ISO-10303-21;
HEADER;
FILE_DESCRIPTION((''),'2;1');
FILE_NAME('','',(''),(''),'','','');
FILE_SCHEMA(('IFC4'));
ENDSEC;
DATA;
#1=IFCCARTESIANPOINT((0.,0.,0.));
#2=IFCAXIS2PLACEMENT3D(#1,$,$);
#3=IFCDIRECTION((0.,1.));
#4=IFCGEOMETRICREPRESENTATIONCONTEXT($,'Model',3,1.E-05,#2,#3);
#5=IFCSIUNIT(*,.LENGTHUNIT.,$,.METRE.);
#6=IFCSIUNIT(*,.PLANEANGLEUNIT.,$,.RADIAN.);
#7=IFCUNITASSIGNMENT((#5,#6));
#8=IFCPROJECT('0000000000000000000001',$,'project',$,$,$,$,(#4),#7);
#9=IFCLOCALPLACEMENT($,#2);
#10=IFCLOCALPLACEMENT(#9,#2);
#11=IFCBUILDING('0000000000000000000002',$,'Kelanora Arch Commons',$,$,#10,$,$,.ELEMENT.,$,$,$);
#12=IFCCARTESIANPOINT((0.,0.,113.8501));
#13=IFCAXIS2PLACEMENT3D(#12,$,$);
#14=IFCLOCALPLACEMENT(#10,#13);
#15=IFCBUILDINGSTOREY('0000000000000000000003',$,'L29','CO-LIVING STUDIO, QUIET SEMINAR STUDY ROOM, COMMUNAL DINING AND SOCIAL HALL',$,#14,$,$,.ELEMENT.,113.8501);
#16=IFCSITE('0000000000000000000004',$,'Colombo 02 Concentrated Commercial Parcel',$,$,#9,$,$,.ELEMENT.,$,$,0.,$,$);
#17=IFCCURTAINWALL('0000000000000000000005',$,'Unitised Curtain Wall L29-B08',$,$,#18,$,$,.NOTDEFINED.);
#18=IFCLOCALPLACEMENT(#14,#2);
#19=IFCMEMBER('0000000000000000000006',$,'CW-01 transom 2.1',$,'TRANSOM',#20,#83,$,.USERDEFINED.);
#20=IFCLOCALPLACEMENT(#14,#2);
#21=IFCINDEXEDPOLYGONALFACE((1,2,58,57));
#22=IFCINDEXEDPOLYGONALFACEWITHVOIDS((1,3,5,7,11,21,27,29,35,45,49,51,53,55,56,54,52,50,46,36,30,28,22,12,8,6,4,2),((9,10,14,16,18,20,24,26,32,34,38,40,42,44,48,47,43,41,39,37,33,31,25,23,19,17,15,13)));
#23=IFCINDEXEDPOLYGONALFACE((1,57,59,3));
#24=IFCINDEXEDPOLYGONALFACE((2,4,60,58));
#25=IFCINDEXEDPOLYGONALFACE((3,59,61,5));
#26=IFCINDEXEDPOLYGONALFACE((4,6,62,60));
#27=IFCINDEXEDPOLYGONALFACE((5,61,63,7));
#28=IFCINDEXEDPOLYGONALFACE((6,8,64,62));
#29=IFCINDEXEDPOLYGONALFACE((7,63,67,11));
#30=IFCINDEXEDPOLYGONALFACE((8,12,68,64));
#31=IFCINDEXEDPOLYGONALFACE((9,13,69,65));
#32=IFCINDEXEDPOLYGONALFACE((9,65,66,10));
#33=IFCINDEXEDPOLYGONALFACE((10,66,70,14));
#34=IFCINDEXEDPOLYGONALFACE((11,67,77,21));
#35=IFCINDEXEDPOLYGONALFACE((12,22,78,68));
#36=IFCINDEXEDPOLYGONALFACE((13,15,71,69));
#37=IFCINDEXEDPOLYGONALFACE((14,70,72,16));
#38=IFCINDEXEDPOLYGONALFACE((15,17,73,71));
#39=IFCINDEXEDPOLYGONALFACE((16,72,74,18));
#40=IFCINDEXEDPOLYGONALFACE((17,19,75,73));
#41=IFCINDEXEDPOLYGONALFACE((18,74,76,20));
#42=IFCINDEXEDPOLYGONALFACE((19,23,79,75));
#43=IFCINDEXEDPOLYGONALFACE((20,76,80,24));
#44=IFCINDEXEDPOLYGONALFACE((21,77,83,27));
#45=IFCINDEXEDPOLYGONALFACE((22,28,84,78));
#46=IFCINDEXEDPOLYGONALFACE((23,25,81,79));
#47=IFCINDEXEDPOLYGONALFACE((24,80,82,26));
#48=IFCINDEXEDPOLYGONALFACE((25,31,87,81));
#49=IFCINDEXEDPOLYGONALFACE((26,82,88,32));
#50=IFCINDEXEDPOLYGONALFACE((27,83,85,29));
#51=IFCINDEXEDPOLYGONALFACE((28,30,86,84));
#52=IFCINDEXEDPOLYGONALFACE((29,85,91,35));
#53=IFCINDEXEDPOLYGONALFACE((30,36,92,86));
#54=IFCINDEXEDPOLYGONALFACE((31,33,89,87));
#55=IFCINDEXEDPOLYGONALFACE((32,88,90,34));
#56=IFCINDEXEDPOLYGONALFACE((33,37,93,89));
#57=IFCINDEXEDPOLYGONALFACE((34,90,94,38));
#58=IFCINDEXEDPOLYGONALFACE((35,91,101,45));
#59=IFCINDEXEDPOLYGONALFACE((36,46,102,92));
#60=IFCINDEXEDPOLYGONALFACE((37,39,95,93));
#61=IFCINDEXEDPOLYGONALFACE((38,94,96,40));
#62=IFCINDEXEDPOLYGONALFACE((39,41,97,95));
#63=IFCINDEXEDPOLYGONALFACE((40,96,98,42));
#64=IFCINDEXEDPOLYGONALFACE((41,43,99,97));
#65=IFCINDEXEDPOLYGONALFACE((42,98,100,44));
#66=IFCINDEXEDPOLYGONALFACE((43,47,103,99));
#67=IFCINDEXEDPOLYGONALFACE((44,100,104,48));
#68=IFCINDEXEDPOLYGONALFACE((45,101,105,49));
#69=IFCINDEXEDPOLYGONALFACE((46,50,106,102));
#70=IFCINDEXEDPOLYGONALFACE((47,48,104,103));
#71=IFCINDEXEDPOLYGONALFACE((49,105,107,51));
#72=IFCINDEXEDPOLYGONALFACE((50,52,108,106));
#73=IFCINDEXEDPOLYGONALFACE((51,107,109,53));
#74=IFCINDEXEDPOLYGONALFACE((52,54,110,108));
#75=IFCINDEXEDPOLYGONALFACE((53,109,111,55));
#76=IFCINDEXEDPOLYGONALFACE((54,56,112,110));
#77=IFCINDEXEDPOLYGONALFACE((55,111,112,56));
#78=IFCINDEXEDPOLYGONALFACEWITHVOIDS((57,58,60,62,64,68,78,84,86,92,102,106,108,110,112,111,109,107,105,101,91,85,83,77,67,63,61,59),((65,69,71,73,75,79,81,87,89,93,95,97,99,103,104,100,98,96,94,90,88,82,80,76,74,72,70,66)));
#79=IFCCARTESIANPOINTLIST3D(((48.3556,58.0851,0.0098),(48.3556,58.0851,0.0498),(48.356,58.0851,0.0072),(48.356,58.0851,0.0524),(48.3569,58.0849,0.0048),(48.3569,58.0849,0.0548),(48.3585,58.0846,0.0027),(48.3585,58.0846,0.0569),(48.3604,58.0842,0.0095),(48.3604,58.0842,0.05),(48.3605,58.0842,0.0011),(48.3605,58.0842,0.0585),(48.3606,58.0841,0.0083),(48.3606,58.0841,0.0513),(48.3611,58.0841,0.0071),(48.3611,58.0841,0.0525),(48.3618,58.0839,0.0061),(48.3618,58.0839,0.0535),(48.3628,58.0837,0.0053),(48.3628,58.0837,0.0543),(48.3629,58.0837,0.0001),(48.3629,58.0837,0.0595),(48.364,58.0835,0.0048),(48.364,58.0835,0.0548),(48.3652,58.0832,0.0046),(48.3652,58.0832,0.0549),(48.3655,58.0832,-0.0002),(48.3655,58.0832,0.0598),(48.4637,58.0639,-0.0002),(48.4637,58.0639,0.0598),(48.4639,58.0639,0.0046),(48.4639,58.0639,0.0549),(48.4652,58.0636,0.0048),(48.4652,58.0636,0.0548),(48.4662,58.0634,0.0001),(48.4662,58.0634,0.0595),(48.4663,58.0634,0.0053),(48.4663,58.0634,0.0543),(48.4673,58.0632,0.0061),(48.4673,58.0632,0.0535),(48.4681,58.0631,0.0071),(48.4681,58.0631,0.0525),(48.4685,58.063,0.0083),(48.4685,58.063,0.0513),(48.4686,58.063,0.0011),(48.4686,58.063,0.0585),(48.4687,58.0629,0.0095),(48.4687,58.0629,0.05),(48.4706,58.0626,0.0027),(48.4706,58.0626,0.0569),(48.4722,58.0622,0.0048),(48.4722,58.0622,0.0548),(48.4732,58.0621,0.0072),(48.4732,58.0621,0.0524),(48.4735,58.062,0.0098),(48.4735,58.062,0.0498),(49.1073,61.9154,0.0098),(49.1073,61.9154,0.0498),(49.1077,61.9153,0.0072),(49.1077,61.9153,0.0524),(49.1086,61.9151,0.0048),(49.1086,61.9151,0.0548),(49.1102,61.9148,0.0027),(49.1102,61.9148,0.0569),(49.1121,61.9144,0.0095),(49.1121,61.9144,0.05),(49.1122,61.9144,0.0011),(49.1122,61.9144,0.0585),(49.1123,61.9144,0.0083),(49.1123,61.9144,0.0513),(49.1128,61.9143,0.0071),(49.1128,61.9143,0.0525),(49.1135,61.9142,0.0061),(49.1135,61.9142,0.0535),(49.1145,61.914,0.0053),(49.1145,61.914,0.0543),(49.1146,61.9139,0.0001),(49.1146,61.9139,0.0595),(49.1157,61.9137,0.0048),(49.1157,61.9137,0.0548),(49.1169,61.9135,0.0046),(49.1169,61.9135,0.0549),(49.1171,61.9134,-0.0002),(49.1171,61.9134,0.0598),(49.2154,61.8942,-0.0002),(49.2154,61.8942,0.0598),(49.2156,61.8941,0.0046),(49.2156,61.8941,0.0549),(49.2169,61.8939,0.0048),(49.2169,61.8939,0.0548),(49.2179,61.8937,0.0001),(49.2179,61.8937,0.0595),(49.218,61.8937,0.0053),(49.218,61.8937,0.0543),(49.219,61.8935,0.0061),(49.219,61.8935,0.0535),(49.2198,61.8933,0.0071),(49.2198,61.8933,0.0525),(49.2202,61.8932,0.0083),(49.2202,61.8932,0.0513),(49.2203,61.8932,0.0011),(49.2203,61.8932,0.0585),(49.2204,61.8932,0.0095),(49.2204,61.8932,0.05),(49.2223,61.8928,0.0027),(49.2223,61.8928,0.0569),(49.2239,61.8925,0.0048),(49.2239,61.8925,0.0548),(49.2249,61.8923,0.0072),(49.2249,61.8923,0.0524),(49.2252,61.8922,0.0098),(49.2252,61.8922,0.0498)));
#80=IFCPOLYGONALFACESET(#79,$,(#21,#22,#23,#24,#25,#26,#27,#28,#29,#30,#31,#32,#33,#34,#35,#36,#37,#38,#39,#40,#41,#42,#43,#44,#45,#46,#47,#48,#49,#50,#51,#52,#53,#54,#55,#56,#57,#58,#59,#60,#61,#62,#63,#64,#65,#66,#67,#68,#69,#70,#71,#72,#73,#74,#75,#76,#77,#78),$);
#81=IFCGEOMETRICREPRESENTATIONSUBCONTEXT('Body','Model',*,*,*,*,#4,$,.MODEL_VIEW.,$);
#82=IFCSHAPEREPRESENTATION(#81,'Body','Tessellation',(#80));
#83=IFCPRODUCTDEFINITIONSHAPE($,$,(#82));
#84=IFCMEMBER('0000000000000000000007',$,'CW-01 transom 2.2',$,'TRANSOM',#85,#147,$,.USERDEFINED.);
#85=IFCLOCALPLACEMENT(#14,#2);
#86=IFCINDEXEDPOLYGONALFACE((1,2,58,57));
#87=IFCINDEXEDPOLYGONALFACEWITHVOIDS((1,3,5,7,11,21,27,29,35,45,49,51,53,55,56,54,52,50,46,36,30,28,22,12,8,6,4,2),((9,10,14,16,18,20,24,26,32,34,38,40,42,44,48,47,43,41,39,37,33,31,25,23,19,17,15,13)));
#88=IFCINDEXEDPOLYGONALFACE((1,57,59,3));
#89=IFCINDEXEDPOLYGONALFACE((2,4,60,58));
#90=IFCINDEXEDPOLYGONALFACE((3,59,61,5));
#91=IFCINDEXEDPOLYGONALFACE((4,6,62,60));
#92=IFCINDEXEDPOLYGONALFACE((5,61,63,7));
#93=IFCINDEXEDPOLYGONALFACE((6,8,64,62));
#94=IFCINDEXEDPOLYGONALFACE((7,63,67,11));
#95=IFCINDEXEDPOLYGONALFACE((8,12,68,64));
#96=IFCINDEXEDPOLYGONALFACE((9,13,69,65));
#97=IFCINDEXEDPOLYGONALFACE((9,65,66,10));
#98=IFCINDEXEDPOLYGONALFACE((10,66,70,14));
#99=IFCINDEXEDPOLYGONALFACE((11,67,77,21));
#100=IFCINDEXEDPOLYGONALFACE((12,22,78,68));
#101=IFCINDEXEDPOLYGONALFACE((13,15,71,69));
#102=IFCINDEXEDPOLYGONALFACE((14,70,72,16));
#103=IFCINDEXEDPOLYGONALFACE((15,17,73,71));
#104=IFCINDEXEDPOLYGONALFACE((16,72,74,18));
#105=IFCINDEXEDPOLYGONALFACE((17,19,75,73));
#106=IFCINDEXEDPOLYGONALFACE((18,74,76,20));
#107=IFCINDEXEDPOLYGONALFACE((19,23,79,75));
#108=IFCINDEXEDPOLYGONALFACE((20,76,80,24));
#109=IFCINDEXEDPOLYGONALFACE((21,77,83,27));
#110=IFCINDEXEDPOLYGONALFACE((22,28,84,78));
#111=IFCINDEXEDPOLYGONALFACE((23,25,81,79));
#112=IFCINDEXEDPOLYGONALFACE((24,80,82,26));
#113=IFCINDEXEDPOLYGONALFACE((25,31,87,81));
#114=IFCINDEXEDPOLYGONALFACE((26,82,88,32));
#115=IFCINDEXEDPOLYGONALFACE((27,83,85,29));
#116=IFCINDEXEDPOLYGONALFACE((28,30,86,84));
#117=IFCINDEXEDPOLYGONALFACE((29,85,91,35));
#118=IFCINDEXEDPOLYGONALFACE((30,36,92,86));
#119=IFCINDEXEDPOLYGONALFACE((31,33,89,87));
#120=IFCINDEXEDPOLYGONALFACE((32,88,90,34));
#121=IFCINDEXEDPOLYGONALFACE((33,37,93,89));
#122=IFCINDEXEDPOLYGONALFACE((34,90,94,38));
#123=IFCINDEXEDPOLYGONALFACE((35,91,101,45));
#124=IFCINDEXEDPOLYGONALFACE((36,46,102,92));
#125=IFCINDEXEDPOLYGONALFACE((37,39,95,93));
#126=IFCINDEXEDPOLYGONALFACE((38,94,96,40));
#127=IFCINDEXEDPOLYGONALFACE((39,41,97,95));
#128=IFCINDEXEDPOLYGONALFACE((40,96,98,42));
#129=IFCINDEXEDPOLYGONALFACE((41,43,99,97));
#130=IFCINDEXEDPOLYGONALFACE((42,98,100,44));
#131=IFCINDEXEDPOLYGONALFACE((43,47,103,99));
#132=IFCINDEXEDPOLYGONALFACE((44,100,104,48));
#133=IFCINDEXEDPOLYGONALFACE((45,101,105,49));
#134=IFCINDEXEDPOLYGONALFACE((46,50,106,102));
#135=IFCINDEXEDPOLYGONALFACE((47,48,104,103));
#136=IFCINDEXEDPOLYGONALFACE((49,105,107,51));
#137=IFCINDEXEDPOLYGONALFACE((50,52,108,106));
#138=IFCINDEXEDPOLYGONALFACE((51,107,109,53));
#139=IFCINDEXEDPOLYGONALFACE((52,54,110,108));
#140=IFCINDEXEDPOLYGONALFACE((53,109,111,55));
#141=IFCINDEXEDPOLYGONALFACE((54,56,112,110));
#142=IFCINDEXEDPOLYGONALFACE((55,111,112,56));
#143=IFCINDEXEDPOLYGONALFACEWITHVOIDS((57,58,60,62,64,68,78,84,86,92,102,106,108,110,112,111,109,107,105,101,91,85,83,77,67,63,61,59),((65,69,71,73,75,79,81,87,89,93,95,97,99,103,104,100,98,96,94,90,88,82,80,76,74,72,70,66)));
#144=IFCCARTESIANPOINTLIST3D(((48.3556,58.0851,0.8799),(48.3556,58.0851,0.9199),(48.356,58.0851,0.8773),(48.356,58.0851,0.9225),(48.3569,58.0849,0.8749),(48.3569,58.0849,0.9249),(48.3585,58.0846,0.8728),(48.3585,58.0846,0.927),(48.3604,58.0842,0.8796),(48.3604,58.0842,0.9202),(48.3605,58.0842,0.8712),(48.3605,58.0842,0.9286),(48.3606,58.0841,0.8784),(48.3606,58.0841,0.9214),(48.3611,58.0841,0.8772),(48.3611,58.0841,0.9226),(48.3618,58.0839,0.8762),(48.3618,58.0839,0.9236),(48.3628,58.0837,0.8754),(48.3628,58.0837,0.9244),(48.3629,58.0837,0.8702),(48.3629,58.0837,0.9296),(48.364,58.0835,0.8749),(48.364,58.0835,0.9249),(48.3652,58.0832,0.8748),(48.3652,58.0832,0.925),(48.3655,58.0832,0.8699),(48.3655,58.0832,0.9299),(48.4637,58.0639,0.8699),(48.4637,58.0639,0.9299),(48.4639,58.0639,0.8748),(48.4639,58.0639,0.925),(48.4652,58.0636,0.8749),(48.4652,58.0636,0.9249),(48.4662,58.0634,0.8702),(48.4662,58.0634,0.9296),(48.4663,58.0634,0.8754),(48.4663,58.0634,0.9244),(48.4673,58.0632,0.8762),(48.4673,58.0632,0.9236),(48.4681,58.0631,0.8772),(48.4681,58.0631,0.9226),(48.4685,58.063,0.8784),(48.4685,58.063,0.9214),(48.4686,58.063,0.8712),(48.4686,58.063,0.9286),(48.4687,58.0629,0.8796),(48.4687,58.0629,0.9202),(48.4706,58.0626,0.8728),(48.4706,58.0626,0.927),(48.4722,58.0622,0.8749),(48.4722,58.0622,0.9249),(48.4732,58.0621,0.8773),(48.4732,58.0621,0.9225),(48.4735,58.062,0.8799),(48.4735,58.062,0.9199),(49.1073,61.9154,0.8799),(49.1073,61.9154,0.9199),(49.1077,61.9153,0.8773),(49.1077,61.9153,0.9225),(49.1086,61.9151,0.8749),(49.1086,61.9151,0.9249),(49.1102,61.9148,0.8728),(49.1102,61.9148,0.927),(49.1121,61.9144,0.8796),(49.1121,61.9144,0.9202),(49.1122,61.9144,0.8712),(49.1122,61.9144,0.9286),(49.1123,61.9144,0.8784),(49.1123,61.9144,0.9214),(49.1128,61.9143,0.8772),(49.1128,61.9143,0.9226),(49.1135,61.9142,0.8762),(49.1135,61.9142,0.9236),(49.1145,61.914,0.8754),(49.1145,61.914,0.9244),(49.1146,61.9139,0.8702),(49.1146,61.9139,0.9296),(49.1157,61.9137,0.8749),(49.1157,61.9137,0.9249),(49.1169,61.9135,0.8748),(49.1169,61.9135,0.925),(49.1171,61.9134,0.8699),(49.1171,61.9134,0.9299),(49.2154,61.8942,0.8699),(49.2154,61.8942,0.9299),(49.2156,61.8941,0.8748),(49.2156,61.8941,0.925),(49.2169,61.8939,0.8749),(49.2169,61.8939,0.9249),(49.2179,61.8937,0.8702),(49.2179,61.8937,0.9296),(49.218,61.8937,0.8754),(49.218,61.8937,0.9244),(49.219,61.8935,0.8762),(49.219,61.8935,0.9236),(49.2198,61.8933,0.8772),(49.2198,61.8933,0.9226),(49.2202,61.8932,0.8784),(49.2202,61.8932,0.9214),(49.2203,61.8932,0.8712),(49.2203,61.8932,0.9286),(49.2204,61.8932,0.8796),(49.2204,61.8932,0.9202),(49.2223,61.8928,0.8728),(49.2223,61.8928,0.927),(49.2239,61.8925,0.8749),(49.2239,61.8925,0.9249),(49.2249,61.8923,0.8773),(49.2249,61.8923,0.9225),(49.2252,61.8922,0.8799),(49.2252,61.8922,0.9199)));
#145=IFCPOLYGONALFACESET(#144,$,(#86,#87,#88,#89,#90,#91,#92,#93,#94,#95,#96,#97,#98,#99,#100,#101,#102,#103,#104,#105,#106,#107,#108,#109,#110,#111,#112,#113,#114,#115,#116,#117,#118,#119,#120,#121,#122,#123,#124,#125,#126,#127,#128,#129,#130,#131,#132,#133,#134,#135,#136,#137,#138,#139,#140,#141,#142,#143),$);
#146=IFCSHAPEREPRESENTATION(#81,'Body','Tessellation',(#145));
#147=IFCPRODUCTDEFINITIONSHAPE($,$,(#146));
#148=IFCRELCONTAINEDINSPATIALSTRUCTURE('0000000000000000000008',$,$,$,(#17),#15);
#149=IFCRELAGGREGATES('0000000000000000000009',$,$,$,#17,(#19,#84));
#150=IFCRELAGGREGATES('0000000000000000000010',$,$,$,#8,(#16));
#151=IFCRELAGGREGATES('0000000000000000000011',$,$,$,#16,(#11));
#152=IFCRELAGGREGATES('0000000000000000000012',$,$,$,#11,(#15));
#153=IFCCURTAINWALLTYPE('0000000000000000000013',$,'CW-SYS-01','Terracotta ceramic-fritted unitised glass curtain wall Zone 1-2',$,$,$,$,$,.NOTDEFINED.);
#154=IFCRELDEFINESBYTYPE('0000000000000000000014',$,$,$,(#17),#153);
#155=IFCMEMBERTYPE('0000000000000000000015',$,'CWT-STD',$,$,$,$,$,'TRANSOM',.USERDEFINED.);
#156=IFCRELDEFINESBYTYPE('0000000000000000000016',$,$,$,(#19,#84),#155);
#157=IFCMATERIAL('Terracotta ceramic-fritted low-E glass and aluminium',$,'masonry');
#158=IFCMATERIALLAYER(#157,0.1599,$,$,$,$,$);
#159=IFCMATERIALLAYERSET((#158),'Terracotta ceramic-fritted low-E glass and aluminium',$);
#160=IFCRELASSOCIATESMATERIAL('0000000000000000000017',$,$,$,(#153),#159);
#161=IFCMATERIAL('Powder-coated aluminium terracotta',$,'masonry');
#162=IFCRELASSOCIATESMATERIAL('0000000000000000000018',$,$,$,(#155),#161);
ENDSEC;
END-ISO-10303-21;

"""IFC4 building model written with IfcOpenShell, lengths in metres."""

from ifc_helpers import new_model, si_unit, direction, frame, origin, origin_2d, place, context, subcontext, project, spatial, hollow_rectangle, extrude, material, layer, layer_set, material_profile, profile_set, type_object, element, aggregate, save


model = new_model("IFC4")

# Units and contexts
model_context = context("Model", 3, precision=1e-05, world=origin(), true_north=direction((0.0, 1.0)))
body_context = subcontext(model_context, "Body", "Model", "MODEL_VIEW")
ifc_project = project(units=[si_unit("LENGTHUNIT", "METRE"), si_unit("PLANEANGLEUNIT", "RADIAN")], contexts=[model_context])

# Site, building, storey
site_placement = place(None, origin())
site = spatial("IfcSite", under=ifc_project, at=site_placement, Name="Colombo 02 Concentrated Commercial Parcel", CompositionType="ELEMENT", RefElevation=0.0)
building_placement = place(site_placement, origin())
building = spatial("IfcBuilding", under=site, at=building_placement, Name="Kelanora Arch Commons", CompositionType="ELEMENT")
storey_placement = place(building_placement, frame((0.0, 0.0, 113.8501)))
storey = spatial("IfcBuildingStorey", under=building, at=storey_placement, Name="L29", Description="CO-LIVING STUDIO, QUIET SEMINAR STUDY ROOM, COMMUNAL DINING AND SOCIAL HALL", CompositionType="ELEMENT", Elevation=113.8501)

# Curtain wall, members
ifc_material_1 = material(Name="Terracotta ceramic-fritted low-E glass and aluminium", Category="masonry")
ifc_layer_1 = layer(ifc_material_1, 0.1599)
ifc_layer_set_1 = layer_set([ifc_layer_1], Name="Terracotta ceramic-fritted low-E glass and aluminium")
curtain_wall_type = type_object("IfcCurtainWallType", Name="CW-SYS-01", Description="Terracotta ceramic-fritted unitised glass curtain wall Zone 1-2", PredefinedType="NOTDEFINED", material=ifc_layer_set_1)
curtain_wall_placement = place(storey_placement, origin())
curtain_wall = element("IfcCurtainWall", 1, at=curtain_wall_placement, inside=storey, type_object=curtain_wall_type, Name="Unitised Curtain Wall L29-B08", PredefinedType="NOTDEFINED")
ifc_material_2 = material(Name="Powder-coated aluminium terracotta", Category="masonry")
ifc_material_profile_1 = material_profile(ifc_material_2, hollow_rectangle(XDim=0.1201, YDim=0.0601, WallThickness=0.0049, InnerFilletRadius=0.0049, OuterFilletRadius=0.01, at=origin_2d()), Name="CWT120x60")
ifc_profile_set_1 = profile_set([ifc_material_profile_1], Name="Powder-coated aluminium terracotta")
member_type_1 = type_object("IfcMemberType", Name="CWT-STD", ElementType="TRANSOM", PredefinedType="USERDEFINED", material=ifc_profile_set_1)
member_1_placement = place(storey_placement, frame((49.1663, 61.9038, 0.0298), z_axis=(-0.192579, -0.981282, 0.0), x_axis=(0.981282, -0.192579, 0.0)))
member_1 = element("IfcMember", 2, at=member_1_placement, type_object=member_type_1, Name="CW-01 transom 2.1", ObjectType="TRANSOM", PredefinedType="USERDEFINED", context=body_context, shape_type="SweptSolid", body=[
    extrude(hollow_rectangle(XDim=0.1201, YDim=0.0601, WallThickness=0.0049, InnerFilletRadius=0.0049, OuterFilletRadius=0.01, at=origin_2d()), origin(), (0.0, 0.0, 1.0), 3.9033),
])
member_2_placement = place(storey_placement, frame((49.1663, 61.9038, 0.8999), z_axis=(-0.192579, -0.981282, 0.0), x_axis=(0.981282, -0.192579, 0.0)))
member_2 = element("IfcMember", 3, at=member_2_placement, type_object=member_type_1, Name="CW-01 transom 2.2", ObjectType="TRANSOM", PredefinedType="USERDEFINED", context=body_context, shape_type="SweptSolid", body=[
    extrude(hollow_rectangle(XDim=0.1201, YDim=0.0601, WallThickness=0.0049, InnerFilletRadius=0.0049, OuterFilletRadius=0.01, at=origin_2d()), origin(), (0.0, 0.0, 1.0), 3.9033),
])
aggregate(curtain_wall, [member_1, member_2])

save(model, "model.ifc")
